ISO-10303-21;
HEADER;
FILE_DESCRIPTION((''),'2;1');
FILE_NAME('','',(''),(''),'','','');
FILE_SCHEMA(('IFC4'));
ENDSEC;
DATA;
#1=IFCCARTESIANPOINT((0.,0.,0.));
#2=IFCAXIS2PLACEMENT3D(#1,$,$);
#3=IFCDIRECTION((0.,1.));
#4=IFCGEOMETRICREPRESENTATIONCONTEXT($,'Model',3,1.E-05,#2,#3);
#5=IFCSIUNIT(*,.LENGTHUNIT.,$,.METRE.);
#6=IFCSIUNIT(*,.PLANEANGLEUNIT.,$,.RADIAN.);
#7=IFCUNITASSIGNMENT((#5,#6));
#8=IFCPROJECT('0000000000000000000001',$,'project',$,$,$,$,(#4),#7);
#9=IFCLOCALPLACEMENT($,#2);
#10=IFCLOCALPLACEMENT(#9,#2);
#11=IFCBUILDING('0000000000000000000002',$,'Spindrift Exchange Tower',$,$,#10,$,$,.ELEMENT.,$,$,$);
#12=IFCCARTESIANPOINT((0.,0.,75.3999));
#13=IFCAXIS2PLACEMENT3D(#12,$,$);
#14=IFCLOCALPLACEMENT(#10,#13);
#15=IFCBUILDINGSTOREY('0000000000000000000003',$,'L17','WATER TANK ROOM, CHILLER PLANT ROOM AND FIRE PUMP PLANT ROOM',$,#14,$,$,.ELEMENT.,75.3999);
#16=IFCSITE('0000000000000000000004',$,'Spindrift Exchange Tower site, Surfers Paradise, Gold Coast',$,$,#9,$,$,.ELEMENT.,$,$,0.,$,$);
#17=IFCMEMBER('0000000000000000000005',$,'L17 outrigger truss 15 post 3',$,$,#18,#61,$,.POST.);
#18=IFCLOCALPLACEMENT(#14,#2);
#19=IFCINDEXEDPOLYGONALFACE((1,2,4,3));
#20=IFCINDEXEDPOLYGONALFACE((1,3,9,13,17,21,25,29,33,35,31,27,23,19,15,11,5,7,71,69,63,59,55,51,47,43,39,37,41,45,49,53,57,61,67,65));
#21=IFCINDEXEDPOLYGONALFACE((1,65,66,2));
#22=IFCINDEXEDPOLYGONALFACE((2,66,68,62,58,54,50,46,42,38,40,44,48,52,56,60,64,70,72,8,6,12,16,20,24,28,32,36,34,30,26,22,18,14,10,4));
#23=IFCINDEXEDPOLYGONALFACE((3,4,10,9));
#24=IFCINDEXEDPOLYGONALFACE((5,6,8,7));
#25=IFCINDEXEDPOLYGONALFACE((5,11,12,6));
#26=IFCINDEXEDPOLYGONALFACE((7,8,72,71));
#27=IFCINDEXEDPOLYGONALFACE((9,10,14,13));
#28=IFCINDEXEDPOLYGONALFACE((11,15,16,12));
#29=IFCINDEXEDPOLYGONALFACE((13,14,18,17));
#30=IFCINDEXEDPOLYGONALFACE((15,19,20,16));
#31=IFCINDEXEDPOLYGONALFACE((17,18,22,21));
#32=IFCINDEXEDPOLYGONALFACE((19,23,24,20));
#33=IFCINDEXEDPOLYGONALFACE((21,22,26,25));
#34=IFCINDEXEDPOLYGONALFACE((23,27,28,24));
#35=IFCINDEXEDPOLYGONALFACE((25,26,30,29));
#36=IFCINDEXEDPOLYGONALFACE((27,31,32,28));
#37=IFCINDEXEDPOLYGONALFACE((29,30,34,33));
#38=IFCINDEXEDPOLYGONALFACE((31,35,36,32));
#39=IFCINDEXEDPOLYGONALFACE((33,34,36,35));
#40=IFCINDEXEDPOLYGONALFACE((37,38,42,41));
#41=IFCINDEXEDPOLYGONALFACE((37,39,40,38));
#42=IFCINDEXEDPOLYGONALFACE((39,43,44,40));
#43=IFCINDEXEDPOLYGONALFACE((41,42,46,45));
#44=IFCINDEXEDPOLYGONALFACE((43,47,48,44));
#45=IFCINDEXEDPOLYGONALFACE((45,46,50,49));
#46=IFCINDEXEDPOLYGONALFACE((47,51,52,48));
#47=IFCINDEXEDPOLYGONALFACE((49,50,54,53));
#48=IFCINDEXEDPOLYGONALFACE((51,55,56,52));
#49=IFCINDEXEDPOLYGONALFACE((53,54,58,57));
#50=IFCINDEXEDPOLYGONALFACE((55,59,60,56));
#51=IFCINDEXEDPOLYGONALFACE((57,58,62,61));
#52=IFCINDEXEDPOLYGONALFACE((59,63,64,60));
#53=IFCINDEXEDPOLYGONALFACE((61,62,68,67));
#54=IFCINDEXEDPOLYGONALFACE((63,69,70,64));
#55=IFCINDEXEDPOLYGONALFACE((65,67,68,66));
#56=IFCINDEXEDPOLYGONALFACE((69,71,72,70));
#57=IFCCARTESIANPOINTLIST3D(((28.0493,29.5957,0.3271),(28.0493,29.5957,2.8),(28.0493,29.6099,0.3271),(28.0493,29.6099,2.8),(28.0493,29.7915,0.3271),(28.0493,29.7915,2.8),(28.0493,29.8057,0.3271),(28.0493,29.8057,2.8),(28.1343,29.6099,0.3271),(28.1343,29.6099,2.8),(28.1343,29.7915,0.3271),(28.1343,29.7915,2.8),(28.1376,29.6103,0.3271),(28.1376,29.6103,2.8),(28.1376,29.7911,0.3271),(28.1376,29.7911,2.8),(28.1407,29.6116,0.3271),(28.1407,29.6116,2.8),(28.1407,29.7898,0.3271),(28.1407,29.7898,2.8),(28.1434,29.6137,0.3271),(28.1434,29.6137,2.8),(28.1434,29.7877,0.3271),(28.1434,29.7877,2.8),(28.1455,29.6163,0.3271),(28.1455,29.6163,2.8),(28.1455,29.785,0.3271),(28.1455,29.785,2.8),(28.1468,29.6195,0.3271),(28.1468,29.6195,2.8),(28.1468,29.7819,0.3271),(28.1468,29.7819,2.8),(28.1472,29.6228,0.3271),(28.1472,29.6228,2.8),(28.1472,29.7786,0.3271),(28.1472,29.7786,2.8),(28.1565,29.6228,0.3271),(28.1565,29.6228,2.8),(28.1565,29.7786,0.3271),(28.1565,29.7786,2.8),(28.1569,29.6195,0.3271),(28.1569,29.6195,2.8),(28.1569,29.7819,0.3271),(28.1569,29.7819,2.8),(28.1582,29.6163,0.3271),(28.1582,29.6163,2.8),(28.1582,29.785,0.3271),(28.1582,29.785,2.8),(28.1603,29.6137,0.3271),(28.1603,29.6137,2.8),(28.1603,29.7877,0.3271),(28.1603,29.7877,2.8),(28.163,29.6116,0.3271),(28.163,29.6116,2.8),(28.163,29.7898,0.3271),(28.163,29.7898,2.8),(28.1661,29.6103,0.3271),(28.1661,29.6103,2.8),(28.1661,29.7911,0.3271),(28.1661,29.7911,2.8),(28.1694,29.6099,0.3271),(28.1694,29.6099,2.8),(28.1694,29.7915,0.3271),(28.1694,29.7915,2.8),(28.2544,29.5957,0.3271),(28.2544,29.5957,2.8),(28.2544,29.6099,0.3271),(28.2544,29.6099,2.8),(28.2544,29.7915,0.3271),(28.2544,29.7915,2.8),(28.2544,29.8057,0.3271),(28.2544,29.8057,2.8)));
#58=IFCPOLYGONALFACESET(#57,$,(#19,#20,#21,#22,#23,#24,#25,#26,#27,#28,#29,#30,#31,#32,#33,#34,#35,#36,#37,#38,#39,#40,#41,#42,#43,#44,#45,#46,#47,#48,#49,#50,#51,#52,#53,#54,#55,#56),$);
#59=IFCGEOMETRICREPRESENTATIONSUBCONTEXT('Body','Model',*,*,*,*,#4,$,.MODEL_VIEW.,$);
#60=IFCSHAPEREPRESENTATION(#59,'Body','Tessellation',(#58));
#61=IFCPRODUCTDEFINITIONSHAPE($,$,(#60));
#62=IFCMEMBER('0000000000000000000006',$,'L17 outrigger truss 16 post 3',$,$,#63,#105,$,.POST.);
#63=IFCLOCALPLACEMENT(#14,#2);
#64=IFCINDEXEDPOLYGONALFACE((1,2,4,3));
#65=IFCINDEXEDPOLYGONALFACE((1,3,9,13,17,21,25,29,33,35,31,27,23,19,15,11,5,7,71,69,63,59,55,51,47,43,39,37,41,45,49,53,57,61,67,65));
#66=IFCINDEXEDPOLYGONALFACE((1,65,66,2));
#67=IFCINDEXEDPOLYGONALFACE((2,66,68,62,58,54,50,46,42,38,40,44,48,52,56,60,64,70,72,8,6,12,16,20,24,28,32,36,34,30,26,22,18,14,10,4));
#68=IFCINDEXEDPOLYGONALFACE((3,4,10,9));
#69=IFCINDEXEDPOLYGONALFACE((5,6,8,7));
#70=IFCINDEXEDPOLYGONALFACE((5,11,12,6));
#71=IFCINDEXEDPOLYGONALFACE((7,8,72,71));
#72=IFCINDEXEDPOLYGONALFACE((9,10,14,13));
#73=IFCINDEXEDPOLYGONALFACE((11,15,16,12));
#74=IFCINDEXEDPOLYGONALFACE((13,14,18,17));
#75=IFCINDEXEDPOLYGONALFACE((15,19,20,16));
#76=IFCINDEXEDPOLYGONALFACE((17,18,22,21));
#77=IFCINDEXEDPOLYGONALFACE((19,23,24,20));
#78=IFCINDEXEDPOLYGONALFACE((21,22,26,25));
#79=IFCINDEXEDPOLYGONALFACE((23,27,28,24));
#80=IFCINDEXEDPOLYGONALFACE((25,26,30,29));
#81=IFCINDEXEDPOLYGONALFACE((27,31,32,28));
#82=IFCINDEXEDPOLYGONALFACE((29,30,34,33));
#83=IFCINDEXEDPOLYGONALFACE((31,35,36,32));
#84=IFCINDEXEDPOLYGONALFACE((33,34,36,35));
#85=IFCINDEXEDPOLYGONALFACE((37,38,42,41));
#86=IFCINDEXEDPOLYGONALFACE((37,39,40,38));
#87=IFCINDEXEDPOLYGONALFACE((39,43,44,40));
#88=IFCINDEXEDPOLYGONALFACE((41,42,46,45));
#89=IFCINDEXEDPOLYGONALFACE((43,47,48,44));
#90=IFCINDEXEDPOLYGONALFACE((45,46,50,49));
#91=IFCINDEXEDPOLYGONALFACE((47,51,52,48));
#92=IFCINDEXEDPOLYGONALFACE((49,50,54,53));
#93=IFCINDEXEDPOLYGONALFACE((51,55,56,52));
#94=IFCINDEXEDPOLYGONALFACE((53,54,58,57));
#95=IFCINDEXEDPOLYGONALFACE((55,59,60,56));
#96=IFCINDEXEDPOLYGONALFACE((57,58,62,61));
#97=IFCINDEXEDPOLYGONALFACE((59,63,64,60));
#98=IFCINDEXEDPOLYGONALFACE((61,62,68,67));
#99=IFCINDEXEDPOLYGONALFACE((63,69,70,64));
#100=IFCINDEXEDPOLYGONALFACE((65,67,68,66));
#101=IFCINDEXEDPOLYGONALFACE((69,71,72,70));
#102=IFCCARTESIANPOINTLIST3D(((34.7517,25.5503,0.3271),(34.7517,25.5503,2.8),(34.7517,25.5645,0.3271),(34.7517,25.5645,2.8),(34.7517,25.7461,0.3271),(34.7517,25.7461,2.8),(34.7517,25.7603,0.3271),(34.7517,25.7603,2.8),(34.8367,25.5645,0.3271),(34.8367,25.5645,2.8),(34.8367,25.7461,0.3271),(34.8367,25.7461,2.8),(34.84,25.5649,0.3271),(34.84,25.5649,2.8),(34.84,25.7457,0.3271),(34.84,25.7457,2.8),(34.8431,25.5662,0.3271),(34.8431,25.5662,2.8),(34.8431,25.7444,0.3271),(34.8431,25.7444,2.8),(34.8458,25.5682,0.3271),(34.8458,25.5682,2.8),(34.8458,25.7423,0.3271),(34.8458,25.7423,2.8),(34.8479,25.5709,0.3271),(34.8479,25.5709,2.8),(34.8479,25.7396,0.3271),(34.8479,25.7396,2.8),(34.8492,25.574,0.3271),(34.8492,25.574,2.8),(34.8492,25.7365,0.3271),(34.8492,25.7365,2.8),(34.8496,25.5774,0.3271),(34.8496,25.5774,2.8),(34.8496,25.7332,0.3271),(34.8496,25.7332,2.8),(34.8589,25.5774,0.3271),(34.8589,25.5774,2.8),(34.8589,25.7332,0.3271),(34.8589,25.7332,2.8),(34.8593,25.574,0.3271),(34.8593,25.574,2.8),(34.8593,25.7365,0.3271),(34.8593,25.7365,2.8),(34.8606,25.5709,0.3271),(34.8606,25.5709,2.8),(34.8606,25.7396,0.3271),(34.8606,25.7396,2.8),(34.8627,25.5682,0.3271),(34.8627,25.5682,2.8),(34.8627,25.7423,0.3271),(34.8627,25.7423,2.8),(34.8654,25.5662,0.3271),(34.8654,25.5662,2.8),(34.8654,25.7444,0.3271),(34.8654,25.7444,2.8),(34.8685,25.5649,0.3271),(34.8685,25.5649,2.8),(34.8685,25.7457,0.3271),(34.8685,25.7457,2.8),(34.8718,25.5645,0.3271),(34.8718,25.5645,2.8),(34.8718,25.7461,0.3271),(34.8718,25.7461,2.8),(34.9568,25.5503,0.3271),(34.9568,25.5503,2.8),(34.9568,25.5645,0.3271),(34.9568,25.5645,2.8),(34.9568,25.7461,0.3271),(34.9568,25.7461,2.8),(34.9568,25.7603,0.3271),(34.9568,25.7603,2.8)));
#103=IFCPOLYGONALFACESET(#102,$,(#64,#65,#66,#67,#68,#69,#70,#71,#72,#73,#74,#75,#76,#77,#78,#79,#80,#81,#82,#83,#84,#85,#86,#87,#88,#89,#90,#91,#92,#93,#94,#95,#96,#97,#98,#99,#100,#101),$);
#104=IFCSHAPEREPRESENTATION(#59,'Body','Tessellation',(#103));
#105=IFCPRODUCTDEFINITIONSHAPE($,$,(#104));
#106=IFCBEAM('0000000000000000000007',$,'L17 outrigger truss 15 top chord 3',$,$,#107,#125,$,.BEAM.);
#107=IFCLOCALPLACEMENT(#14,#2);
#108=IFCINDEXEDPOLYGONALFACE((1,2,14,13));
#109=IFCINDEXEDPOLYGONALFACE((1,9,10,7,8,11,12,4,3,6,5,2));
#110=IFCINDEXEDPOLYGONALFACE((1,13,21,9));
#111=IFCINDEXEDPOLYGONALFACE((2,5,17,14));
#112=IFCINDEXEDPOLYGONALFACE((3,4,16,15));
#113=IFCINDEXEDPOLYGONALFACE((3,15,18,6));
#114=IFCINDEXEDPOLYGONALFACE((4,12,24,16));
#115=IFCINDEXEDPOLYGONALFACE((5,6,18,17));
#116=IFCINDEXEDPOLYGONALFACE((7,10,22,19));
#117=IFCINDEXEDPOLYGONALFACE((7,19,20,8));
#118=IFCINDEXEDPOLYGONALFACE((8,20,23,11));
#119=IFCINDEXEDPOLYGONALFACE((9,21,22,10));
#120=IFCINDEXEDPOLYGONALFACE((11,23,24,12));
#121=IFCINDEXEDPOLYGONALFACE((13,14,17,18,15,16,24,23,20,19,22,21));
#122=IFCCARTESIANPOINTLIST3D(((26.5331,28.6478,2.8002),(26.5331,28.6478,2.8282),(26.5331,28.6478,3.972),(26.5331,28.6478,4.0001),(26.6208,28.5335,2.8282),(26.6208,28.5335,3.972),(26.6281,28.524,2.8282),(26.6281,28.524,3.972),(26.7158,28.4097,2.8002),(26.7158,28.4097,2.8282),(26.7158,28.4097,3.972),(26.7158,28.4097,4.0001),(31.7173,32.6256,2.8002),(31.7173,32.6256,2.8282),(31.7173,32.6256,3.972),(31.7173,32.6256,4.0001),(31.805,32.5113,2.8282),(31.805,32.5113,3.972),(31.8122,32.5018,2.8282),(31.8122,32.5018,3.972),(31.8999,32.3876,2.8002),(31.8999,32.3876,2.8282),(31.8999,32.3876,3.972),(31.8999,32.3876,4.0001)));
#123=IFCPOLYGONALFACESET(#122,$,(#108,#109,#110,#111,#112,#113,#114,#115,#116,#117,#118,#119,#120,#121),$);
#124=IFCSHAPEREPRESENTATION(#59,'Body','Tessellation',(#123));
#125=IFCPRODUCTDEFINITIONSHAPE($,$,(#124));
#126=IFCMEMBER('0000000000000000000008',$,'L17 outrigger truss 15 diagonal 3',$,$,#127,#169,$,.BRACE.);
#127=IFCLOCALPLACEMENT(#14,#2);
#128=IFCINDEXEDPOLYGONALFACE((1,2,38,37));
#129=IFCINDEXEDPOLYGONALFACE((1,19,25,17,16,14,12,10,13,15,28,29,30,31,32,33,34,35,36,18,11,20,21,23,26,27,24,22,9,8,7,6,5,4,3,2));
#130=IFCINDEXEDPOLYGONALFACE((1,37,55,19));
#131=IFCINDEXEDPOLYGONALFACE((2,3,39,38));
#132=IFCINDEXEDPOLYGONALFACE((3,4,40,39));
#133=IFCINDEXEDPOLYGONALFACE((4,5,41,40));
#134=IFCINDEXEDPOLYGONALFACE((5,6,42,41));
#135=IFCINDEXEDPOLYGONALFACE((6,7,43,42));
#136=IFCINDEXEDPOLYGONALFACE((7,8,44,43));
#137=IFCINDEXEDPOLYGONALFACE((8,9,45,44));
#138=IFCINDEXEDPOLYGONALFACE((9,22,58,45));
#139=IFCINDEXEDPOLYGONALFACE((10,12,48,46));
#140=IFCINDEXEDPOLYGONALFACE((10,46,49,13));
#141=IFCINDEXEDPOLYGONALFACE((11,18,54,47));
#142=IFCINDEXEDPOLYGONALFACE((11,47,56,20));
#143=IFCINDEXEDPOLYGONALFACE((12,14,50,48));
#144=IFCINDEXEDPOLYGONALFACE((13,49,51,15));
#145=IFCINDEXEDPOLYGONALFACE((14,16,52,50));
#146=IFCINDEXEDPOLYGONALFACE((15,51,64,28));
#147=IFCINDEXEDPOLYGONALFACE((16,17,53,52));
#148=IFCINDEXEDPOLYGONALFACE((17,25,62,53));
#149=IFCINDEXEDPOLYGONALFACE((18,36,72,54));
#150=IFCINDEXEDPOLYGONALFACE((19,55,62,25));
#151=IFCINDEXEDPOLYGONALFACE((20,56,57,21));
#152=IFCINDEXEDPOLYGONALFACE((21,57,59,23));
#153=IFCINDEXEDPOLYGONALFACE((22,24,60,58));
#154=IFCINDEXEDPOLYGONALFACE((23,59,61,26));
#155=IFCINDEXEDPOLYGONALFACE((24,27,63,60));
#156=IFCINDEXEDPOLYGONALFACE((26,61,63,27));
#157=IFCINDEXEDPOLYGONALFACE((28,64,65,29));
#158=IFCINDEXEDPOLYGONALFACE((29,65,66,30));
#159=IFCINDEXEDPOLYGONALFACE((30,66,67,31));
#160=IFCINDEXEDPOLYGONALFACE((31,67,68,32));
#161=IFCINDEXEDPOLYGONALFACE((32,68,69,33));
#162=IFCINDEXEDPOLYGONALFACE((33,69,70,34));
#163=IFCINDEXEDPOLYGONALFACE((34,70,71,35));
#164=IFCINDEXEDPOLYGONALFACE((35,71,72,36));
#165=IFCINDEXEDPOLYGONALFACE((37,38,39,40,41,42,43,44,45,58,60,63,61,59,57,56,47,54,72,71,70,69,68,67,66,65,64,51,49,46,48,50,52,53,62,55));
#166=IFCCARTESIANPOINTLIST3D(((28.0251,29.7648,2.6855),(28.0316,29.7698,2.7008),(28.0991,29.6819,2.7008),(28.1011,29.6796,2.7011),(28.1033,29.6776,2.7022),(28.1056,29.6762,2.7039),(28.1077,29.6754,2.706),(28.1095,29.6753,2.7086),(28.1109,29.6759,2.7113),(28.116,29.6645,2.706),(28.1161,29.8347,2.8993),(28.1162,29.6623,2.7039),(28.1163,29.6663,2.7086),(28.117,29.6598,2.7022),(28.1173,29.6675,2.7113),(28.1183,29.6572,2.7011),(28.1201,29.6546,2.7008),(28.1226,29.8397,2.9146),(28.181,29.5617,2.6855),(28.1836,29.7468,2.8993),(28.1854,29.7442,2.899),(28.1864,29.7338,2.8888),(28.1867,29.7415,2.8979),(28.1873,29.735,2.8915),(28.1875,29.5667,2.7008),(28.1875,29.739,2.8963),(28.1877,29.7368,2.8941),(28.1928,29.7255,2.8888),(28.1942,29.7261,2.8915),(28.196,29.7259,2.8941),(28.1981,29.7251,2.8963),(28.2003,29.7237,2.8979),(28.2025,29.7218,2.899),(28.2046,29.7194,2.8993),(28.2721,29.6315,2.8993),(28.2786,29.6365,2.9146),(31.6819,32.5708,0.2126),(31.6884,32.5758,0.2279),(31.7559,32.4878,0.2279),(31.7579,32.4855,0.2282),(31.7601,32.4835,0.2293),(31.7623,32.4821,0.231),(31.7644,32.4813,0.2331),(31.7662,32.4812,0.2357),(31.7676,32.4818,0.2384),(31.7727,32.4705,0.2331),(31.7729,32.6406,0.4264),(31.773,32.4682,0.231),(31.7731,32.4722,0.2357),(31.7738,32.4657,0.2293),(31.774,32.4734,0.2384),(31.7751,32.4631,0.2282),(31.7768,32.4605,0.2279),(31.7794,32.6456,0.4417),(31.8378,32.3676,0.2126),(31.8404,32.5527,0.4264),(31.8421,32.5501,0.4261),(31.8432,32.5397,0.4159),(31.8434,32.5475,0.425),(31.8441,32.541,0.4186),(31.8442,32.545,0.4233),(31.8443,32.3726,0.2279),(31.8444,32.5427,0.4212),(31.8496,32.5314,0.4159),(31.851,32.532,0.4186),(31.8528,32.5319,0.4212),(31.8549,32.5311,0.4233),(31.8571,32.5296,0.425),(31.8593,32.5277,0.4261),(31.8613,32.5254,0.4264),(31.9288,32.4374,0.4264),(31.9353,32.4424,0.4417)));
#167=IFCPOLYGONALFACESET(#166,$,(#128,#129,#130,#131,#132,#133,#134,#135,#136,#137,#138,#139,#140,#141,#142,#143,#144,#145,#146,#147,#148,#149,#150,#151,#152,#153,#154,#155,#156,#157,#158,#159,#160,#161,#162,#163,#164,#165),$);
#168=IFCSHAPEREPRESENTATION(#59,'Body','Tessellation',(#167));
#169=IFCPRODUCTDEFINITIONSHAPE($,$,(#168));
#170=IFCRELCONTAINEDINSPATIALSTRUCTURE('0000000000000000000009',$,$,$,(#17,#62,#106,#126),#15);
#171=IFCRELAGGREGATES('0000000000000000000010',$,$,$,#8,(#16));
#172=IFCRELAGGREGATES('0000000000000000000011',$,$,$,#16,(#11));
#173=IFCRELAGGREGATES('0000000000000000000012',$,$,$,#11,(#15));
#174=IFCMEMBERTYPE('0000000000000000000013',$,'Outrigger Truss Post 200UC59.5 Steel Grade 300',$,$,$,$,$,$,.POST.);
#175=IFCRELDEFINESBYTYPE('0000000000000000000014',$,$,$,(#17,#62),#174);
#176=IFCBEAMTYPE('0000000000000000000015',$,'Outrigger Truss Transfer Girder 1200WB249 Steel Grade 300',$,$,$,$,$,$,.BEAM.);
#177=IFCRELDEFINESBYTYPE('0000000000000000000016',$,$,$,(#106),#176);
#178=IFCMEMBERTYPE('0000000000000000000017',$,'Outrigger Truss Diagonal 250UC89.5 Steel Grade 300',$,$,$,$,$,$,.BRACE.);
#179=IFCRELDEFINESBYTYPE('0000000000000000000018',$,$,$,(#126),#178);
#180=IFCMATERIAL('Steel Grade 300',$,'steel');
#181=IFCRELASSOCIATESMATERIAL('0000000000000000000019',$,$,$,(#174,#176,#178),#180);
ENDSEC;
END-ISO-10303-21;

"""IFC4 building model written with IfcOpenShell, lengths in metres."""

from ifc_helpers import new_model, si_unit, direction, frame, origin, origin_2d, place, context, subcontext, project, spatial, i_section, extrude, source, transform, mapped, material, material_profile, profile_set, type_object, element, save


model = new_model("IFC4")

# Units and contexts
model_context = context("Model", 3, precision=1e-05, world=origin(), true_north=direction((0.0, 1.0)))
body_context = subcontext(model_context, "Body", "Model", "MODEL_VIEW")
ifc_project = project(units=[si_unit("LENGTHUNIT", "METRE"), si_unit("PLANEANGLEUNIT", "RADIAN")], contexts=[model_context])

# Site, building, storey
site_placement = place(None, origin())
site = spatial("IfcSite", under=ifc_project, at=site_placement, Name="Spindrift Exchange Tower site, Surfers Paradise, Gold Coast", CompositionType="ELEMENT", RefElevation=0.0)
building_placement = place(site_placement, origin())
building = spatial("IfcBuilding", under=site, at=building_placement, Name="Spindrift Exchange Tower", CompositionType="ELEMENT")
storey_placement = place(building_placement, frame((0.0, 0.0, 75.3999)))
storey = spatial("IfcBuildingStorey", under=building, at=storey_placement, Name="L17", Description="WATER TANK ROOM, CHILLER PLANT ROOM AND FIRE PUMP PLANT ROOM", CompositionType="ELEMENT", Elevation=75.3999)

# Shared definitions
ifc_material_1 = material(Name="Steel Grade 300", Category="steel")

# Members
ifc_material_profile_1 = material_profile(ifc_material_1, i_section(OverallWidth=0.2051, OverallDepth=0.21, WebThickness=0.0093, FlangeThickness=0.0142, FilletRadius=0.0129, at=origin_2d()), Name="200UC59.5")
ifc_profile_set_1 = profile_set([ifc_material_profile_1], Name="Steel Grade 300")
member_type_1 = type_object("IfcMemberType", Name="Outrigger Truss Post 200UC59.5 Steel Grade 300", PredefinedType="POST", material=ifc_profile_set_1)
shared_shape_1 = source(origin(), body_context, "Body", "SweptSolid", [
    extrude(i_section(OverallWidth=0.2051, OverallDepth=0.21, WebThickness=0.0093, FlangeThickness=0.0142, FilletRadius=0.0129, at=origin_2d()), origin(), (0.0, 0.0, 1.0), 2.4729),
])
for number, where, z_axis, x_axis, name in (
    (1, (28.1519, 29.7007, 0.3271), (0.0, 0.0, 1.0), (1.0, 0.0, 0.0), "L17 outrigger truss 15 post 3"),
    (2, (34.8542, 25.6553, 0.3271), (0.0, 0.0, 1.0), (1.0, 0.0, 0.0), "L17 outrigger truss 16 post 3"),
):
    element("IfcMember", number, at=place(storey_placement, frame(where, z_axis=z_axis, x_axis=x_axis)), inside=storey, type_object=member_type_1, Name=name, PredefinedType="POST", context=body_context, shape_type="MappedRepresentation", body=[
        mapped(shared_shape_1, transform((0.0, 0.0, 0.0), scale=1.0)),
    ])

# Beam
ifc_material_profile_2 = material_profile(ifc_material_1, i_section(OverallWidth=0.3, OverallDepth=1.2, WebThickness=0.012, FlangeThickness=0.0281, at=origin_2d()), Name="1200WB249")
ifc_profile_set_2 = profile_set([ifc_material_profile_2], Name="Steel Grade 300")
beam_type_1 = type_object("IfcBeamType", Name="Outrigger Truss Transfer Girder 1200WB249 Steel Grade 300", PredefinedType="BEAM", material=ifc_profile_set_2)
shared_shape_2 = source(origin(), body_context, "Body", "SweptSolid", [
    extrude(i_section(OverallWidth=0.3, OverallDepth=1.2, WebThickness=0.012, FlangeThickness=0.0281, at=origin_2d()), origin(), (0.0, 0.0, 1.0), 6.5344),
])
beam_1_placement = place(storey_placement, frame((31.8086, 32.5066, 3.4001), z_axis=(-0.793361, -0.608752, 0.0), x_axis=(0.608752, -0.793361, 0.0)))
element("IfcBeam", 3, at=beam_1_placement, inside=storey, type_object=beam_type_1, Name="L17 outrigger truss 15 top chord 3", PredefinedType="BEAM", context=body_context, shape_type="MappedRepresentation", body=[
    mapped(shared_shape_2, transform((0.0, 0.0, 0.0), scale=1.0)),
])

# Member
ifc_material_profile_3 = material_profile(ifc_material_1, i_section(OverallWidth=0.2561, OverallDepth=0.26, WebThickness=0.0105, FlangeThickness=0.0173, FilletRadius=0.012, at=origin_2d()), Name="250UC89.5")
ifc_profile_set_3 = profile_set([ifc_material_profile_3], Name="Steel Grade 300")
member_type_2 = type_object("IfcMemberType", Name="Outrigger Truss Diagonal 250UC89.5 Steel Grade 300", PredefinedType="BRACE", material=ifc_profile_set_3)
shared_shape_3 = source(origin(), body_context, "Body", "SweptSolid", [
    extrude(i_section(OverallWidth=0.2561, OverallDepth=0.26, WebThickness=0.0105, FlangeThickness=0.0173, FilletRadius=0.012, at=origin_2d()), origin(), (0.0, 0.0, 1.0), 5.2307),
])
member_1_placement = place(storey_placement, frame((31.8086, 32.5066, 0.3271), z_axis=(-0.699093, -0.536432, 0.472768), x_axis=(0.608761, -0.793354, 0.0)))
element("IfcMember", 4, at=member_1_placement, inside=storey, type_object=member_type_2, Name="L17 outrigger truss 15 diagonal 3", PredefinedType="BRACE", context=body_context, shape_type="MappedRepresentation", body=[
    mapped(shared_shape_3, transform((0.0, 0.0, 0.0), scale=1.0)),
])

save(model, "model.ifc")
